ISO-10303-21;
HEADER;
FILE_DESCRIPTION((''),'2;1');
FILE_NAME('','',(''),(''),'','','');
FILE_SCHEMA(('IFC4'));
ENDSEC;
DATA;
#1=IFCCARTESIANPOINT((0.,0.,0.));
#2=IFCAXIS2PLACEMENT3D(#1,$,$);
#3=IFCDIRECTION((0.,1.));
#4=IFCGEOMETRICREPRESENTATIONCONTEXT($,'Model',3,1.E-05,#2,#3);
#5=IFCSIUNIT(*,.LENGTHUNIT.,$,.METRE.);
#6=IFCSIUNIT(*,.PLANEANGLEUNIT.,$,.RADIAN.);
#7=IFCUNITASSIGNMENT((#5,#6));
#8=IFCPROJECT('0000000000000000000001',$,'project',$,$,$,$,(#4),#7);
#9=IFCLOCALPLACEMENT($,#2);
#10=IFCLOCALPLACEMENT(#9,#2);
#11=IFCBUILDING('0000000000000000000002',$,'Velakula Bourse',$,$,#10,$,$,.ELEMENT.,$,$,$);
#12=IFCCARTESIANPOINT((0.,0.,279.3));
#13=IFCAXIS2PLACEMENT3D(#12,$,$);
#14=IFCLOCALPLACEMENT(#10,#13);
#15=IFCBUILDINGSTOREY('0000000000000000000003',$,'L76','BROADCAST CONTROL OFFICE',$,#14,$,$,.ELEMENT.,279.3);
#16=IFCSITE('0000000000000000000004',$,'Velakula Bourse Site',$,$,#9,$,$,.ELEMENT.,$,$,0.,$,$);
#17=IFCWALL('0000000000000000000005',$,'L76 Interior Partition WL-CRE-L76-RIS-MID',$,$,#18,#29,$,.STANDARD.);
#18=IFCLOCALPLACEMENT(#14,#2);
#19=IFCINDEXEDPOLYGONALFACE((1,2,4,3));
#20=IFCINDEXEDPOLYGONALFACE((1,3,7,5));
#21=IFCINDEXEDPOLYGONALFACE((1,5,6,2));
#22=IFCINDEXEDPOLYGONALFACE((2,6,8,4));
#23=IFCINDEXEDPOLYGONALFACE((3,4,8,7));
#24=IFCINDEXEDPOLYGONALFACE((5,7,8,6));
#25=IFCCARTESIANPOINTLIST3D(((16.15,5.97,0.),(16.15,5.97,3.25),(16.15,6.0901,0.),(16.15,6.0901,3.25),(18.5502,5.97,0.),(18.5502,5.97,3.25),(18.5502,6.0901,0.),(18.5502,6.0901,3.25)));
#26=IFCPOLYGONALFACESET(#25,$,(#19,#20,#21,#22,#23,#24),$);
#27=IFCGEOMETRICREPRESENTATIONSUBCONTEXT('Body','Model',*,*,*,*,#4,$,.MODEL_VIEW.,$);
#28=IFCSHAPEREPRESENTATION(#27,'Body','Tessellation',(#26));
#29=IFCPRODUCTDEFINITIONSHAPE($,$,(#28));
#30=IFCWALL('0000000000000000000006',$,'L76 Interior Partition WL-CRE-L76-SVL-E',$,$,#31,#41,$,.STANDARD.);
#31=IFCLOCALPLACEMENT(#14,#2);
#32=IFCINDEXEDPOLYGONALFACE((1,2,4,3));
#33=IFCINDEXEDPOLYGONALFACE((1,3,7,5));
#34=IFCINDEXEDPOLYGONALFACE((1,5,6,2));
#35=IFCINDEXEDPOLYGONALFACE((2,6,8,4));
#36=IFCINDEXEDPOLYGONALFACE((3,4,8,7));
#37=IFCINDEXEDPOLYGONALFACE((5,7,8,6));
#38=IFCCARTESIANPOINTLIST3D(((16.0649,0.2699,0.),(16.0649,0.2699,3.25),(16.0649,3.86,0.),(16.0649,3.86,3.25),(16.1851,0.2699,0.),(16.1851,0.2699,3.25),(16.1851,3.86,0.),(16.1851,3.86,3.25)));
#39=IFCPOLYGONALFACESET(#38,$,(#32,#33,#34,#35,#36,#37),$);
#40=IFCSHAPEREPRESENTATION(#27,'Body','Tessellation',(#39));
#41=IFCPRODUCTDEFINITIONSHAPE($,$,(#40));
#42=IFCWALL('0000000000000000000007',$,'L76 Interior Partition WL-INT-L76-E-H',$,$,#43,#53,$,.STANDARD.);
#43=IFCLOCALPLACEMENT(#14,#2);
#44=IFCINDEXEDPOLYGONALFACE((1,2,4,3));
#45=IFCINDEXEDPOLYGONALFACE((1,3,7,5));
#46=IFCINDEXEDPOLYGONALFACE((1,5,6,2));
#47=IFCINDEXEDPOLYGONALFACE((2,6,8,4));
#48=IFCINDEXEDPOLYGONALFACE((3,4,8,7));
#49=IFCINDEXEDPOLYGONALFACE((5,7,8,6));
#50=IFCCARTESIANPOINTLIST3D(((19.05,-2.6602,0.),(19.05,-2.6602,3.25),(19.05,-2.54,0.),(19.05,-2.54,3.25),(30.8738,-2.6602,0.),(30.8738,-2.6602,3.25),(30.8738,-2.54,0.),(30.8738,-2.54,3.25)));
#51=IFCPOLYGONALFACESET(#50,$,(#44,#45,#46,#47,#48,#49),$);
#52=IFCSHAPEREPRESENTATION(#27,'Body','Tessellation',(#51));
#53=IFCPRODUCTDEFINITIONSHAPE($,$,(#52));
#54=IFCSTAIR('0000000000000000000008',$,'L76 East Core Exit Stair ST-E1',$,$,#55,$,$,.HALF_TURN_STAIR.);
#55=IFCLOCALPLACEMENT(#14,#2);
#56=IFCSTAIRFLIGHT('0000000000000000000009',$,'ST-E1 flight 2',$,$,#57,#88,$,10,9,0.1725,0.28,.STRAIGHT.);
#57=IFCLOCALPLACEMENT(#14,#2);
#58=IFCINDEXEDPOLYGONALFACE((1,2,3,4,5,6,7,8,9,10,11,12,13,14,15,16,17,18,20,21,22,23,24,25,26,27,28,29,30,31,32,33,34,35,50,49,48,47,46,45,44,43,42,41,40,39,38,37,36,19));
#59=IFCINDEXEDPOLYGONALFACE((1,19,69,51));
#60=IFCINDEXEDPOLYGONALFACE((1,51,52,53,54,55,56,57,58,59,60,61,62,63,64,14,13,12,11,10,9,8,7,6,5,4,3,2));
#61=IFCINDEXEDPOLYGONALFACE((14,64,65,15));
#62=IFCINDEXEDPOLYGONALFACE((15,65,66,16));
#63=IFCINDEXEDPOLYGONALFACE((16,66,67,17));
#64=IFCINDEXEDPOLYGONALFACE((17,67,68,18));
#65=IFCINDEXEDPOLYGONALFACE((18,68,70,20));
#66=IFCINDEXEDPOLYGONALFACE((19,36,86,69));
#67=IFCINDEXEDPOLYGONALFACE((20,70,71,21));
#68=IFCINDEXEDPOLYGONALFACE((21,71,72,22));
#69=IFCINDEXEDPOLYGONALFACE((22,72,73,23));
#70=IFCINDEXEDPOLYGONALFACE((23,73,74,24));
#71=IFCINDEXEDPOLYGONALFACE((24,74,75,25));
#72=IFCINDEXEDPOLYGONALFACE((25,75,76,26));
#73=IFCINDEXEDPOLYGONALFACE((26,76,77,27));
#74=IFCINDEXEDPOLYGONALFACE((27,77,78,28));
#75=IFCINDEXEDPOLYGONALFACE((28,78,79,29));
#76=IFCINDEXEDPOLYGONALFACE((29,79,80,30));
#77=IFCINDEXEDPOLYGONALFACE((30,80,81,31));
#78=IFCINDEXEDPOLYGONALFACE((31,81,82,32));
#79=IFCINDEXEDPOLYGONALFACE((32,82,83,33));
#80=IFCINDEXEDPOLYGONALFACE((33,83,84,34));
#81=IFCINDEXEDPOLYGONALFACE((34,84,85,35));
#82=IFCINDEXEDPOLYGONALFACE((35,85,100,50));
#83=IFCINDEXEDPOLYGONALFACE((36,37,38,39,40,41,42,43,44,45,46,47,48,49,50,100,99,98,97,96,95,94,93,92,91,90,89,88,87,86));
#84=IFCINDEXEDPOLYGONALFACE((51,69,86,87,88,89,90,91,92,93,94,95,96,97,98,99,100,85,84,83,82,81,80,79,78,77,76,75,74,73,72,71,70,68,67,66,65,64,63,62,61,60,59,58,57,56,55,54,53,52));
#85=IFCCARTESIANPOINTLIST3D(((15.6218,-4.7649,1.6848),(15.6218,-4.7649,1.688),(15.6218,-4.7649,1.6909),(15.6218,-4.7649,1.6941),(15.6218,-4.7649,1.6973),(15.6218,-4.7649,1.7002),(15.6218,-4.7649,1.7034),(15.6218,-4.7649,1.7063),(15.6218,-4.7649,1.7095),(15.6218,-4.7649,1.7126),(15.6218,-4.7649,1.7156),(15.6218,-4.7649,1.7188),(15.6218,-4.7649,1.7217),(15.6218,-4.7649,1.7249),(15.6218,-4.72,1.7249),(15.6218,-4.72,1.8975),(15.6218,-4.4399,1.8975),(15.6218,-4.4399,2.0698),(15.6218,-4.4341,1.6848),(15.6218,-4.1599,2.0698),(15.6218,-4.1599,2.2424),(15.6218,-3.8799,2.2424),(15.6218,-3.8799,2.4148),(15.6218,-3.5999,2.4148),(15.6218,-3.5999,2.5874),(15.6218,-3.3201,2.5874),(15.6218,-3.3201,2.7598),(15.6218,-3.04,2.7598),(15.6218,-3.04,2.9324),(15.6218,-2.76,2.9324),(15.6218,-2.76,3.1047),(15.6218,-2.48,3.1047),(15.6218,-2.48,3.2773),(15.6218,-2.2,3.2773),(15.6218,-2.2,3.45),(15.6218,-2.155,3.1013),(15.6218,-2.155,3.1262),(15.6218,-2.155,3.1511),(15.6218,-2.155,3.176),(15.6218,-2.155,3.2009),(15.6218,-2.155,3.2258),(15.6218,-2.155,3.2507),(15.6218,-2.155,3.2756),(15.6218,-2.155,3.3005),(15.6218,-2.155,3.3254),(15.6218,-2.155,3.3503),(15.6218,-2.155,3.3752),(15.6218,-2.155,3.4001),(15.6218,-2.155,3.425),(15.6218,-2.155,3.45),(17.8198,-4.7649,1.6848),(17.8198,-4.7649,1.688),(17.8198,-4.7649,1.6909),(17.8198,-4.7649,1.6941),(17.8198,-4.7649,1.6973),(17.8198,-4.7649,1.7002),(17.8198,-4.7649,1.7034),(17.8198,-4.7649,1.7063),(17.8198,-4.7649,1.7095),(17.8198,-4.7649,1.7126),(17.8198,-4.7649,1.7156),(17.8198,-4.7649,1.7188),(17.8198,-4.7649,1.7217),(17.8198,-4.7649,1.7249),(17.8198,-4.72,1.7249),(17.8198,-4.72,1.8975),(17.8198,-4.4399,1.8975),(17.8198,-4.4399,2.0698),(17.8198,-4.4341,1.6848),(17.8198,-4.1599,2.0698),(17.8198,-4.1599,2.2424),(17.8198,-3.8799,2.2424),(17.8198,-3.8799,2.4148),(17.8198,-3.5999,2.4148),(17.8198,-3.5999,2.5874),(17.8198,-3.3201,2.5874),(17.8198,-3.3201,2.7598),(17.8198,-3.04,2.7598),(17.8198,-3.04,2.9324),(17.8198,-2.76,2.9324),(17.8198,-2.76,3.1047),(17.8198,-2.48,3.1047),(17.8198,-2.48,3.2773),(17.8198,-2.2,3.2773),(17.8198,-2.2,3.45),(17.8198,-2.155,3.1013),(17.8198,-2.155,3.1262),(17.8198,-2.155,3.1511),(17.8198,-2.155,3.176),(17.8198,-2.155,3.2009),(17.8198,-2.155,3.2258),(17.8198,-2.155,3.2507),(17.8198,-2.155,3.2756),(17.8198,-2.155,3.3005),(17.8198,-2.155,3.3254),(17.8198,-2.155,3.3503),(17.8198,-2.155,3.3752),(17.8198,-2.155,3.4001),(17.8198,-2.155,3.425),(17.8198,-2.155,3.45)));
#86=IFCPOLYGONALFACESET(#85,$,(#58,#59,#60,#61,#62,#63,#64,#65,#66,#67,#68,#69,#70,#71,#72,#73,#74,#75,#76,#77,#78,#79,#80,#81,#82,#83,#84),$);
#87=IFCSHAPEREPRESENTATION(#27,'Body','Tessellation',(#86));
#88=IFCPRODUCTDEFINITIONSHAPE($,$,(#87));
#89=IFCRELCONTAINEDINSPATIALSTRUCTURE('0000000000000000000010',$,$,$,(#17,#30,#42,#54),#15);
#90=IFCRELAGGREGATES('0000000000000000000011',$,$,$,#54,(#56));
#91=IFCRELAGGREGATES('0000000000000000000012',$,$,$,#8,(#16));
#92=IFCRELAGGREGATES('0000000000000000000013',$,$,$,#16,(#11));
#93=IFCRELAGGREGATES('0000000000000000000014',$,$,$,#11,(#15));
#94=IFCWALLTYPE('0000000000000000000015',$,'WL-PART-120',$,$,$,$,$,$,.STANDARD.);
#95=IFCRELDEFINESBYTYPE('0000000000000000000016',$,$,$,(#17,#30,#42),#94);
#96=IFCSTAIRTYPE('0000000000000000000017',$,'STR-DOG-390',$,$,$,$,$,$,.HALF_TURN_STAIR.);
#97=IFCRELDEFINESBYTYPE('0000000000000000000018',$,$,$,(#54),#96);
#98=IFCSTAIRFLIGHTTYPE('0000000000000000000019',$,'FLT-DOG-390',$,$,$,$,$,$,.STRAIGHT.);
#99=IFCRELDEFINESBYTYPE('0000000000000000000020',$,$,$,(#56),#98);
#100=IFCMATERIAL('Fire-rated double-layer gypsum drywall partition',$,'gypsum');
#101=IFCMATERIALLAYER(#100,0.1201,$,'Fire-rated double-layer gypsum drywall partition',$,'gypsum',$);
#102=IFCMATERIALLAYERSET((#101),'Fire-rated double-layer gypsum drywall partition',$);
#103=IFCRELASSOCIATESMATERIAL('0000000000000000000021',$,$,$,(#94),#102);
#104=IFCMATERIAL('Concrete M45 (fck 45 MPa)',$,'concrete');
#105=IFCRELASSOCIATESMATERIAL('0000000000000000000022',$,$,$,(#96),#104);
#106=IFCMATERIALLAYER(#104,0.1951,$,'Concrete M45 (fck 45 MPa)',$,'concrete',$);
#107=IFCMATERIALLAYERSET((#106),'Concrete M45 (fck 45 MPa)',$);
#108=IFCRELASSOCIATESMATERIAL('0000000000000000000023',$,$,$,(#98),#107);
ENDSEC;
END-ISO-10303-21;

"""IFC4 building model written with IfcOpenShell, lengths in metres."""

from ifc_helpers import new_model, si_unit, direction, frame, frame_2d, origin, place, context, subcontext, project, spatial, polyline, rectangle, outline, extrude, material, layer, layer_set, type_object, element, aggregate, save


model = new_model("IFC4")

# Units and contexts
model_context = context("Model", 3, precision=1e-05, world=origin(), true_north=direction((0.0, 1.0)))
body_context = subcontext(model_context, "Body", "Model", "MODEL_VIEW")
ifc_project = project(units=[si_unit("LENGTHUNIT", "METRE"), si_unit("PLANEANGLEUNIT", "RADIAN")], contexts=[model_context])

# Site, building, storey
site_placement = place(None, origin())
site = spatial("IfcSite", under=ifc_project, at=site_placement, Name="Velakula Bourse Site", CompositionType="ELEMENT", RefElevation=0.0)
building_placement = place(site_placement, origin())
building = spatial("IfcBuilding", under=site, at=building_placement, Name="Velakula Bourse", CompositionType="ELEMENT")
storey_placement = place(building_placement, frame((0.0, 0.0, 279.3)))
storey = spatial("IfcBuildingStorey", under=building, at=storey_placement, Name="L76", Description="BROADCAST CONTROL OFFICE", CompositionType="ELEMENT", Elevation=279.3)

# Walls
ifc_material_1 = material(Name="Fire-rated double-layer gypsum drywall partition", Category="gypsum")
ifc_layer_1 = layer(ifc_material_1, 0.1201, Name="Fire-rated double-layer gypsum drywall partition", Category="gypsum")
ifc_layer_set_1 = layer_set([ifc_layer_1], Name="Fire-rated double-layer gypsum drywall partition")
wall_type_1 = type_object("IfcWallType", Name="WL-PART-120", PredefinedType="STANDARD", material=ifc_layer_set_1)
wall_1_placement = place(storey_placement, frame((16.1499, 6.03, 0.0), z_axis=(0.0, 0.0, 1.0), x_axis=(1.0, 0.0, 0.0)))
element("IfcWall", 1, at=wall_1_placement, inside=storey, type_object=wall_type_1, Name="L76 Interior Partition WL-CRE-L76-RIS-MID", PredefinedType="STANDARD", context=body_context, shape_type="SweptSolid", body=[
    extrude(rectangle(XDim=2.4001, YDim=0.1201, at=frame_2d((1.2002, 0.0))), origin(), (0.0, 0.0, 1.0), 3.25),
])
wall_2_placement = place(storey_placement, frame((16.125, 0.27, 0.0), z_axis=(0.0, 0.0, 1.0), x_axis=(0.0, 1.0, 0.0)))
element("IfcWall", 2, at=wall_2_placement, inside=storey, type_object=wall_type_1, Name="L76 Interior Partition WL-CRE-L76-SVL-E", PredefinedType="STANDARD", context=body_context, shape_type="SweptSolid", body=[
    extrude(rectangle(XDim=3.5901, YDim=0.1201, at=frame_2d((1.7949, 0.0))), origin(), (0.0, 0.0, 1.0), 3.25),
])
wall_3_placement = place(storey_placement, frame((19.05, -2.6001, 0.0), z_axis=(0.0, 0.0, 1.0), x_axis=(1.0, 0.0, 0.0)))
element("IfcWall", 3, at=wall_3_placement, inside=storey, type_object=wall_type_1, Name="L76 Interior Partition WL-INT-L76-E-H", PredefinedType="STANDARD", context=body_context, shape_type="SweptSolid", body=[
    extrude(rectangle(XDim=11.8237, YDim=0.1201, at=frame_2d((5.9119, 0.0))), origin(), (0.0, 0.0, 1.0), 3.25),
])

# Stair, stair flight
ifc_material_2 = material(Name="Concrete M45 (fck 45 MPa)", Category="concrete")
stair_type = type_object("IfcStairType", Name="STR-DOG-390", PredefinedType="HALF_TURN_STAIR", material=ifc_material_2)
stair_placement = place(storey_placement, origin())
stair = element("IfcStair", 4, at=stair_placement, inside=storey, type_object=stair_type, Name="L76 East Core Exit Stair ST-E1", PredefinedType="HALF_TURN_STAIR")
ifc_layer_2 = layer(ifc_material_2, 0.1951, Name="Concrete M45 (fck 45 MPa)", Category="concrete")
ifc_layer_set_2 = layer_set([ifc_layer_2], Name="Concrete M45 (fck 45 MPa)")
stair_flight_type = type_object("IfcStairFlightType", Name="FLT-DOG-390", PredefinedType="STRAIGHT", material=ifc_layer_set_2)
stair_flight_placement = place(storey_placement, frame((16.7209, -4.72, 1.7249), z_axis=(0.0, 0.0, 1.0), x_axis=(0.0, 1.0, 0.0)))
stair_flight = element("IfcStairFlight", 5, at=stair_flight_placement, type_object=stair_flight_type, Name="ST-E1 flight 2", NumberOfRisers=10, NumberOfTreads=9, PredefinedType="STRAIGHT", RiserHeight=0.1725, TreadLength=0.28, context=body_context, shape_type="SweptSolid", body=[
    extrude(outline(polyline([(-0.0449, -0.04), (-0.0449, -0.0369), (-0.0449, -0.0339), (-0.0449, -0.0308), (-0.0449, -0.0276), (-0.0449, -0.0247), (-0.0449, -0.0215), (-0.0449, -0.0186), (-0.0449, -0.0154), (-0.0449, -0.0122), (-0.0449, -0.0093), (-0.0449, -0.0061), (-0.0449, -0.0032), (-0.0449, 0.0), (0.0, 0.0), (0.0, 0.1726), (0.28, 0.1726), (0.28, 0.345), (0.5601, 0.345), (0.5601, 0.5176), (0.8401, 0.5176), (0.8401, 0.6899), (1.1201, 0.6899), (1.1201, 0.8625), (1.3999, 0.8625), (1.3999, 1.0349), (1.6799, 1.0349), (1.6799, 1.2075), (1.96, 1.2075), (1.96, 1.3799), (2.24, 1.3799), (2.24, 1.5525), (2.52, 1.5525), (2.52, 1.7251), (2.5649, 1.7251), (2.5649, 1.7002), (2.5649, 1.6753), (2.5649, 1.6504), (2.5649, 1.6255), (2.5649, 1.6006), (2.5649, 1.5757), (2.5649, 1.5508), (2.5649, 1.5259), (2.5649, 1.501), (2.5649, 1.4761), (2.5649, 1.4512), (2.5649, 1.4263), (2.5649, 1.4014), (2.5649, 1.3765), (0.2859, -0.04), (-0.0449, -0.04)])), frame((0.0, 1.0991, 0.0), z_axis=(0.0, -1.0, 0.0), x_axis=(1.0, 0.0, 0.0)), (0.0, 0.0, 1.0), 2.198),
])
aggregate(stair, [stair_flight])

save(model, "model.ifc")
